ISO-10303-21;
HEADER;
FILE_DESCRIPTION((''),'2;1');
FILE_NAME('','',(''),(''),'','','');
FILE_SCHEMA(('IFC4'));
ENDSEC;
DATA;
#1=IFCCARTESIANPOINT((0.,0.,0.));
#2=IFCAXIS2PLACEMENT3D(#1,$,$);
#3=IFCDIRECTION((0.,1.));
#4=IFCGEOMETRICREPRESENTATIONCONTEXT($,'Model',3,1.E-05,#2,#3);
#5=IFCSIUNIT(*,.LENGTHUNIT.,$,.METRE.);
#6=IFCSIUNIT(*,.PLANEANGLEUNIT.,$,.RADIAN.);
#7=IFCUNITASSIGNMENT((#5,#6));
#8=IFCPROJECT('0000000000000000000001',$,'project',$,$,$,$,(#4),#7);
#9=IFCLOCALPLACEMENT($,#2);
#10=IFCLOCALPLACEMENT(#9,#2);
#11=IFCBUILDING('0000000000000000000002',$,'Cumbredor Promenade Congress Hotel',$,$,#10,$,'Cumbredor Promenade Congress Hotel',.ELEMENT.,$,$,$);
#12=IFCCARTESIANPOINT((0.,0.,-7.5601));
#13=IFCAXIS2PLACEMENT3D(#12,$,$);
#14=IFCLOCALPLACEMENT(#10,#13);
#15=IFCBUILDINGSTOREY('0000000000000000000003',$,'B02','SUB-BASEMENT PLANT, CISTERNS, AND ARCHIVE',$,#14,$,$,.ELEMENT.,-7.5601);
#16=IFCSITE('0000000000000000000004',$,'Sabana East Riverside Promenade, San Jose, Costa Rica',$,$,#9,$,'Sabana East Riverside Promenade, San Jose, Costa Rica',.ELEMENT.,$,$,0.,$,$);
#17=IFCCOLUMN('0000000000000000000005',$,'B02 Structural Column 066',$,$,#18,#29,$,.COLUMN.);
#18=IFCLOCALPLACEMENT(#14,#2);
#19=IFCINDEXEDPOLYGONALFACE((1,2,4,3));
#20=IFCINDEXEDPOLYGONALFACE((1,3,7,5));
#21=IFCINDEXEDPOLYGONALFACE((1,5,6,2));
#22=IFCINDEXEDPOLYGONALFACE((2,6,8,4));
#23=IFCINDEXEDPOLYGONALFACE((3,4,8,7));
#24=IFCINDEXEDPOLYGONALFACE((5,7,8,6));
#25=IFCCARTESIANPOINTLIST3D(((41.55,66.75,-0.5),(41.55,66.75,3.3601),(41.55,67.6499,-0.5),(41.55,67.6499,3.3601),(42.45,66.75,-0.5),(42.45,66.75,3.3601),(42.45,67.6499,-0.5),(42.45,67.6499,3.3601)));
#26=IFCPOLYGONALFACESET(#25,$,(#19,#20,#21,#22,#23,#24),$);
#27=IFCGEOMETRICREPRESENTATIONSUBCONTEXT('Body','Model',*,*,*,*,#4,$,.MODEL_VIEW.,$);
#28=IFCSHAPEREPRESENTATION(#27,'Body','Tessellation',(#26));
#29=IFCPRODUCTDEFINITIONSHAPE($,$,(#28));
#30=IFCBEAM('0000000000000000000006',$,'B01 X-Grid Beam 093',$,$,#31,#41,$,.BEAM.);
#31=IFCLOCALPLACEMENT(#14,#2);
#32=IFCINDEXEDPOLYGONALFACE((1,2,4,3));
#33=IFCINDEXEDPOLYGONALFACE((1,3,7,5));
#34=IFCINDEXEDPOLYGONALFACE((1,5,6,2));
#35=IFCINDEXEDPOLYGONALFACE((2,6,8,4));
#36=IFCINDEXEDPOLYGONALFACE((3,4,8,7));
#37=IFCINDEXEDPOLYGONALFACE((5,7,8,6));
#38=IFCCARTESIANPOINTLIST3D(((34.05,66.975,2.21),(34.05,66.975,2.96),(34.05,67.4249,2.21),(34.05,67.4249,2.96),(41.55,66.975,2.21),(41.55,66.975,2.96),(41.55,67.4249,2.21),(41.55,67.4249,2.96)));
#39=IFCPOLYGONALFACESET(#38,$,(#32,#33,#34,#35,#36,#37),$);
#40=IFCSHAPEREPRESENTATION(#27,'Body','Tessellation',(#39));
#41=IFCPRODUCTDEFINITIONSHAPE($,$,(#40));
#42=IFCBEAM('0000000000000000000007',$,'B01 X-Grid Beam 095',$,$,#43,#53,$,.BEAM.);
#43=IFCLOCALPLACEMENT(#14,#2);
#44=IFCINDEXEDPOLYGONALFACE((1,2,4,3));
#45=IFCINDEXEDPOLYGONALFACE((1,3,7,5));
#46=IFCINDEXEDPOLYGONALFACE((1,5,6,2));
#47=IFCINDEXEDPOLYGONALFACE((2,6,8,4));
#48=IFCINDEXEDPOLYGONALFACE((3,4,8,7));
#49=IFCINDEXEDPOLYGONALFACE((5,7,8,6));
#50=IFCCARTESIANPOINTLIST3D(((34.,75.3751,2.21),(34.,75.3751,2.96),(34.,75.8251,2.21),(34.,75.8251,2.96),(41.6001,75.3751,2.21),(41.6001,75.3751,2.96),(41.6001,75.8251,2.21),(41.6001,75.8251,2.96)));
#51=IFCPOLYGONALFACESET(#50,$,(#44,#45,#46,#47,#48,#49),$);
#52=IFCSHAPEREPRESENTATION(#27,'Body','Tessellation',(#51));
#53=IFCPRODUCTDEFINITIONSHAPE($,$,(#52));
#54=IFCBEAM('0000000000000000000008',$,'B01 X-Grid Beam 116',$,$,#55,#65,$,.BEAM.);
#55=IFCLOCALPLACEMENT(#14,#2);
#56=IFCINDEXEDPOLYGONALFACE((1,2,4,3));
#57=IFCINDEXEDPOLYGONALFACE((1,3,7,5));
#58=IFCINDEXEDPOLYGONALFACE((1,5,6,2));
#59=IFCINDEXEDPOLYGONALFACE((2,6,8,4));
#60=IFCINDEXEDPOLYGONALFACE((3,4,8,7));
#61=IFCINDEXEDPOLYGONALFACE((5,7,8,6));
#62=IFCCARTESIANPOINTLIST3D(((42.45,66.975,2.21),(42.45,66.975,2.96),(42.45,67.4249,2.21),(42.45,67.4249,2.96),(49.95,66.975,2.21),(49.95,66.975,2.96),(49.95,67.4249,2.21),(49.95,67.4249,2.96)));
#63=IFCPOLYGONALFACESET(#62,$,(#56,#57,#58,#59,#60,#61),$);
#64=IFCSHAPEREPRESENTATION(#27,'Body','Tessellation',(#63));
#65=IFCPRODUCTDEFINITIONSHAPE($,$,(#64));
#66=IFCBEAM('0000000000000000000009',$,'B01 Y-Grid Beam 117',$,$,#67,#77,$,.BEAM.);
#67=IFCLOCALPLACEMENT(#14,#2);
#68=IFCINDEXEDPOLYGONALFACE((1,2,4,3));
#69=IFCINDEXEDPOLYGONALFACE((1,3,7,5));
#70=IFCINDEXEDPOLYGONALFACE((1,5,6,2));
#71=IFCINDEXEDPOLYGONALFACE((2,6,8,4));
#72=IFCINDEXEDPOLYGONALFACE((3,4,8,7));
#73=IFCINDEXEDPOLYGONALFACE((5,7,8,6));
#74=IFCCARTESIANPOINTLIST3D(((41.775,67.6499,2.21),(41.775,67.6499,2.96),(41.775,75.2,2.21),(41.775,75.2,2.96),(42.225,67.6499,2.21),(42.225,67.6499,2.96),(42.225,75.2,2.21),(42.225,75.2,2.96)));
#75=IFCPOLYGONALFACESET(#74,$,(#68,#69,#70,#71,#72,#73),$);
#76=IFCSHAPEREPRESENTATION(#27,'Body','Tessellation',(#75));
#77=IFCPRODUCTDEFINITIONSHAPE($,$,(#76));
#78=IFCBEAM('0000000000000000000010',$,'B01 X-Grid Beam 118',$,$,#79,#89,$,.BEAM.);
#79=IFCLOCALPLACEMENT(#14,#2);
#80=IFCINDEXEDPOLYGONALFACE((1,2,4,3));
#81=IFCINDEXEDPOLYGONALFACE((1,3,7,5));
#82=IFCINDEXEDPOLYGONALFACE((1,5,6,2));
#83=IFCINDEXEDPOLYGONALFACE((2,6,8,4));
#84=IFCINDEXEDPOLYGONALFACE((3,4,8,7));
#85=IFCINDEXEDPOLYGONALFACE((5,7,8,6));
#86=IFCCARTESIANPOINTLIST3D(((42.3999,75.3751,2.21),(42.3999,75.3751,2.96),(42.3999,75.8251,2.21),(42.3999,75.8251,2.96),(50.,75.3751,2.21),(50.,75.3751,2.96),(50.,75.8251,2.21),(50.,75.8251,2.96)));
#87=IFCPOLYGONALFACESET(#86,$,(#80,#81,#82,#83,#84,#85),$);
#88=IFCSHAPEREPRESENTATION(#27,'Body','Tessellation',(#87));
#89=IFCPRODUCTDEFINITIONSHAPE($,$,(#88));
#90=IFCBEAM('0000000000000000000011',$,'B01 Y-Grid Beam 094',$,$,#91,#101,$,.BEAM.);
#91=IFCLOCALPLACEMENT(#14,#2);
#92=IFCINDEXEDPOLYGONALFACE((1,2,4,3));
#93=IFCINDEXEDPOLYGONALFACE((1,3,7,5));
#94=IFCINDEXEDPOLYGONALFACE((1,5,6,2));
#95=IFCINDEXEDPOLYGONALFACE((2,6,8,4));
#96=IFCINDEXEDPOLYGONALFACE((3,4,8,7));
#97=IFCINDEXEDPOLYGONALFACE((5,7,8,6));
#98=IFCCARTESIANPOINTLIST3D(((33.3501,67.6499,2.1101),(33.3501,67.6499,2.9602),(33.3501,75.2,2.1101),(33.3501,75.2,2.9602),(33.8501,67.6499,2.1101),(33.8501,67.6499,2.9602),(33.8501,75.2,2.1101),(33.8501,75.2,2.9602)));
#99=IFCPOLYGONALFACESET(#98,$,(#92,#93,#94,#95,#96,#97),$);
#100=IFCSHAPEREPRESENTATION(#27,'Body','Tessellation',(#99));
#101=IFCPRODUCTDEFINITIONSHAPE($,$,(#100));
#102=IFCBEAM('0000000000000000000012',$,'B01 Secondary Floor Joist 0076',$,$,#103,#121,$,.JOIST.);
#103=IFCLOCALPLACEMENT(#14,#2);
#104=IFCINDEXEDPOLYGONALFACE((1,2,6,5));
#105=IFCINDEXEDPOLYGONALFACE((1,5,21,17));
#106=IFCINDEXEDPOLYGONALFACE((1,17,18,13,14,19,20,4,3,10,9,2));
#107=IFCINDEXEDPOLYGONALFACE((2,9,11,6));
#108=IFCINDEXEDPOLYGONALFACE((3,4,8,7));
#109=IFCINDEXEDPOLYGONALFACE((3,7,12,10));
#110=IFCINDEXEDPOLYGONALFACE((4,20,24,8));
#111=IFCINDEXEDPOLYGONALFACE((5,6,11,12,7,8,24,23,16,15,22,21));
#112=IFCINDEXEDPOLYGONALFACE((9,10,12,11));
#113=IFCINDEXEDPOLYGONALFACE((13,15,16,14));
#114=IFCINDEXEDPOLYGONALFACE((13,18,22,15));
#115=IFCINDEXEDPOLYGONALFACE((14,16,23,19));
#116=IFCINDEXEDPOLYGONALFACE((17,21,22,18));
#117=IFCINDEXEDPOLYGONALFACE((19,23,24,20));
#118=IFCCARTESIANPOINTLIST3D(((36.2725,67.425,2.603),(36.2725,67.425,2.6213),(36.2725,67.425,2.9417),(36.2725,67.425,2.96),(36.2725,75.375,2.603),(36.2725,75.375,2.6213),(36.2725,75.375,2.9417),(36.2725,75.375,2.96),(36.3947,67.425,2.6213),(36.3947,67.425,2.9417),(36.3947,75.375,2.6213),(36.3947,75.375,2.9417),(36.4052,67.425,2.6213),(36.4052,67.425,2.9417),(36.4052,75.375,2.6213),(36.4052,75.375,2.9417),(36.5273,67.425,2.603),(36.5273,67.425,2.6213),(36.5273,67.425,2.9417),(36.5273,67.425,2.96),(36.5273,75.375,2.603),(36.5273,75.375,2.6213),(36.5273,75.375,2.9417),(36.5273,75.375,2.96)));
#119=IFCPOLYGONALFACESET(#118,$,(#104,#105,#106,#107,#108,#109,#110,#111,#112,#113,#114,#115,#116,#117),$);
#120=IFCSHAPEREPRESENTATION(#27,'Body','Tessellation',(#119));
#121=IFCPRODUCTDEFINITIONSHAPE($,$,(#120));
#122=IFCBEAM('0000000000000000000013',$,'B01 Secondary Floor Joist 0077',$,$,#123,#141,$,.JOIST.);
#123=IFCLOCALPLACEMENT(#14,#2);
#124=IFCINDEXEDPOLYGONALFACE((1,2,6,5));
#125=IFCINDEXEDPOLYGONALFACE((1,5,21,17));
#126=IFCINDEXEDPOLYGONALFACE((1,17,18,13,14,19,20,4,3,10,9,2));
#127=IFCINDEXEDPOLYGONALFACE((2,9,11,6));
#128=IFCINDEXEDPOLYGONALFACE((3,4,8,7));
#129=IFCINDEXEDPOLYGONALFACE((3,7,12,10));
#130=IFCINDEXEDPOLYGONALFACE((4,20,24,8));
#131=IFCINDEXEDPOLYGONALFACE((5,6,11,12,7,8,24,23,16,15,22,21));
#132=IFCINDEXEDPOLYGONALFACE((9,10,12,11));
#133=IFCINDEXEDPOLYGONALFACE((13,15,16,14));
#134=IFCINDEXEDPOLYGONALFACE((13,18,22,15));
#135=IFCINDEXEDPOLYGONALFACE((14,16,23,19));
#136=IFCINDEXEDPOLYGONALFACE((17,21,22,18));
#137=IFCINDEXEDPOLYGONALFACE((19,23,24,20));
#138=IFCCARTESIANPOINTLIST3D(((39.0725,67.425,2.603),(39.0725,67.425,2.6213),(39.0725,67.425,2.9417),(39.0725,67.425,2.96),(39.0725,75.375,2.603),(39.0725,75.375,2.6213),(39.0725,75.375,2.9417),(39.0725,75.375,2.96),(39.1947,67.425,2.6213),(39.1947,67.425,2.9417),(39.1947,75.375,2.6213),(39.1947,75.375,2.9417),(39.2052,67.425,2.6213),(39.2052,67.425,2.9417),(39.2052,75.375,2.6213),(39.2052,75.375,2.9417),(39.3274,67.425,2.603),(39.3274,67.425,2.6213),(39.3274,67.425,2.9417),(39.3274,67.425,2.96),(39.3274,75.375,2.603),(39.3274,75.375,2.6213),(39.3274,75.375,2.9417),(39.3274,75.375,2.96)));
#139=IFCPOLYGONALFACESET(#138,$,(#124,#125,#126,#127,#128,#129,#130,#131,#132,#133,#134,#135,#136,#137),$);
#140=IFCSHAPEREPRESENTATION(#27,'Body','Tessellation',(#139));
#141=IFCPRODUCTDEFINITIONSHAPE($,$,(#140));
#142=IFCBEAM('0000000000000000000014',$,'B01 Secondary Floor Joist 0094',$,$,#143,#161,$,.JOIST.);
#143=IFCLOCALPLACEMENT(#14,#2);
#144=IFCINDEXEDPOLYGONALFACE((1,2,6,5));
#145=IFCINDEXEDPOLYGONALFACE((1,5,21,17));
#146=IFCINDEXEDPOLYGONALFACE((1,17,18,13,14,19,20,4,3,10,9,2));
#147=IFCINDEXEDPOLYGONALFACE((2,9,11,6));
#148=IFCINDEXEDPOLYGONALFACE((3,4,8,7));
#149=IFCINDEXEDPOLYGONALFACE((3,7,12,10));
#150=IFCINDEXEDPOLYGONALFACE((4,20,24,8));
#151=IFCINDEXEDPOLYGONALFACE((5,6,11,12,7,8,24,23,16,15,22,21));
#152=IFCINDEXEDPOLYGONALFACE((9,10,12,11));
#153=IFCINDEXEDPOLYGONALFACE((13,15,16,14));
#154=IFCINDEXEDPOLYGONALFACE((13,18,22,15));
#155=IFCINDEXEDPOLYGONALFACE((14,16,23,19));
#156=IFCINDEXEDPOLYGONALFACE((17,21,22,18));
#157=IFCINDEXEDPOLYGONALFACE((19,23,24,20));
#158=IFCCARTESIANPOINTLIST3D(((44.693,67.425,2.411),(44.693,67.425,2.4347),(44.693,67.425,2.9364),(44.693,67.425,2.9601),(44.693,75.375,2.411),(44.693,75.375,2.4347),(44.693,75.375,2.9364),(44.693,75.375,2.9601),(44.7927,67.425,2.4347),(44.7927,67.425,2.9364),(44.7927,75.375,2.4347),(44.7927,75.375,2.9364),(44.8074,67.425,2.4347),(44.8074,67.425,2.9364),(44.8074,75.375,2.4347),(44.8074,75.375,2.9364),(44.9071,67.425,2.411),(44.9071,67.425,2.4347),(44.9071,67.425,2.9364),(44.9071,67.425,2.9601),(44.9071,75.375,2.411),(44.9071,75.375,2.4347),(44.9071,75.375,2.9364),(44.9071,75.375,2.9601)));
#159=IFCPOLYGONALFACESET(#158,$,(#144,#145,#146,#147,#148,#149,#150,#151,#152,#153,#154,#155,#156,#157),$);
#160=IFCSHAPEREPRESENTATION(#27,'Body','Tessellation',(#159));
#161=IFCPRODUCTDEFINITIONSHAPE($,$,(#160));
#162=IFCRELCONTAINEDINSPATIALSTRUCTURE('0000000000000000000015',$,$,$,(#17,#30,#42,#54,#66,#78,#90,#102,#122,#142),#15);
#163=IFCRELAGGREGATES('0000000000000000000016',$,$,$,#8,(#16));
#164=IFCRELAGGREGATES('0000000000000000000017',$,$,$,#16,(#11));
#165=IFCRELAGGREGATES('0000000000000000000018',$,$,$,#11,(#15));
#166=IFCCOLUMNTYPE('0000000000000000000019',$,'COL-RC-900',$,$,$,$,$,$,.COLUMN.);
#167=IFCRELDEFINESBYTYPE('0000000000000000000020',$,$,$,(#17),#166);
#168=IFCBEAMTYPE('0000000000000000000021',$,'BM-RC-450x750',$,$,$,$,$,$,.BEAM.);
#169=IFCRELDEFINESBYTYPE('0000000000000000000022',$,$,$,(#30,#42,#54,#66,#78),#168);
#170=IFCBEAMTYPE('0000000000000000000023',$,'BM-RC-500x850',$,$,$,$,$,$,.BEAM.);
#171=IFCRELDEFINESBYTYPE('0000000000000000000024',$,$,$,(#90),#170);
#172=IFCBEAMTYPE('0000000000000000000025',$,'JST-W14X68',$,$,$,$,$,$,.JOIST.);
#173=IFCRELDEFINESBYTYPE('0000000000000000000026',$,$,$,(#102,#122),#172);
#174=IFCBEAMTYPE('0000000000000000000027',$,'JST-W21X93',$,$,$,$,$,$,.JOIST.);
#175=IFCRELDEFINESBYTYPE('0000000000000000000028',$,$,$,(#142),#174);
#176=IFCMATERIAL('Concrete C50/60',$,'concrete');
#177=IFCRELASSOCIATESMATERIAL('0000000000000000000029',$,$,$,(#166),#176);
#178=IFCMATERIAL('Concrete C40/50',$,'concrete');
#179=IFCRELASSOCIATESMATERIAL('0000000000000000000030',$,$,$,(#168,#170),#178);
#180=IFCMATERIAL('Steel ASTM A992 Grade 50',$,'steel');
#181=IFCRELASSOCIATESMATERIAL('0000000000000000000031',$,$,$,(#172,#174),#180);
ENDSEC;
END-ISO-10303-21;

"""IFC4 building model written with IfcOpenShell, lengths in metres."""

from ifc_helpers import new_model, si_unit, direction, frame, origin, origin_2d, place, context, subcontext, project, spatial, rectangle, i_section, extrude, material, material_profile, profile_set, type_object, element, save


model = new_model("IFC4")

# Units and contexts
model_context = context("Model", 3, precision=1e-05, world=origin(), true_north=direction((0.0, 1.0)))
body_context = subcontext(model_context, "Body", "Model", "MODEL_VIEW")
ifc_project = project(units=[si_unit("LENGTHUNIT", "METRE"), si_unit("PLANEANGLEUNIT", "RADIAN")], contexts=[model_context])

# Site, building, storey
site_placement = place(None, origin())
site = spatial("IfcSite", under=ifc_project, at=site_placement, Name="Sabana East Riverside Promenade, San Jose, Costa Rica", LongName="Sabana East Riverside Promenade, San Jose, Costa Rica", CompositionType="ELEMENT", RefElevation=0.0)
building_placement = place(site_placement, origin())
building = spatial("IfcBuilding", under=site, at=building_placement, Name="Cumbredor Promenade Congress Hotel", LongName="Cumbredor Promenade Congress Hotel", CompositionType="ELEMENT")
storey_placement = place(building_placement, frame((0.0, 0.0, -7.5601)))
storey = spatial("IfcBuildingStorey", under=building, at=storey_placement, Name="B02", Description="SUB-BASEMENT PLANT, CISTERNS, AND ARCHIVE", CompositionType="ELEMENT", Elevation=-7.5601)

# Shared definitions
ifc_material_1 = material(Name="Concrete C40/50", Category="concrete")

# Column
ifc_material_2 = material(Name="Concrete C50/60", Category="concrete")
ifc_material_profile_1 = material_profile(ifc_material_2, rectangle(XDim=0.8999, YDim=0.8999, at=origin_2d()), Name="RC 900x900")
ifc_profile_set_1 = profile_set([ifc_material_profile_1], Name="Concrete C50/60")
column_type_1 = type_object("IfcColumnType", Name="COL-RC-900", PredefinedType="COLUMN", material=ifc_profile_set_1)
for number, where, z_axis, x_axis, name in (
    (1, (42.0, 67.2, -0.5), (0.0, 0.0, 1.0), (1.0, 0.0, 0.0), "B02 Structural Column 066"),
):
    element("IfcColumn", number, at=place(storey_placement, frame(where, z_axis=z_axis, x_axis=x_axis)), inside=storey, type_object=column_type_1, Name=name, PredefinedType="COLUMN", context=body_context, shape_type="SweptSolid", body=[
        extrude(rectangle(XDim=0.8999, YDim=0.8999, at=origin_2d()), origin(), (0.0, 0.0, 1.0), 3.8601),
    ])

# Beams
ifc_material_profile_2 = material_profile(ifc_material_1, rectangle(XDim=0.45, YDim=0.75, at=origin_2d()), Name="RC BEAM 450x750")
ifc_profile_set_2 = profile_set([ifc_material_profile_2], Name="Concrete C40/50")
beam_type_1 = type_object("IfcBeamType", Name="BM-RC-450x750", PredefinedType="BEAM", material=ifc_profile_set_2)
beam_1_placement = place(storey_placement, frame((34.05, 67.2, 2.585), z_axis=(1.0, 0.0, 0.0), x_axis=(0.0, 1.0, 0.0)))
element("IfcBeam", 2, at=beam_1_placement, inside=storey, type_object=beam_type_1, Name="B01 X-Grid Beam 093", PredefinedType="BEAM", context=body_context, shape_type="SweptSolid", body=[
    extrude(rectangle(XDim=0.45, YDim=0.75, at=origin_2d()), origin(), (0.0, 0.0, 1.0), 7.5),
])
beam_2_placement = place(storey_placement, frame((34.0, 75.6001, 2.585), z_axis=(1.0, 0.0, 0.0), x_axis=(0.0, 1.0, 0.0)))
element("IfcBeam", 3, at=beam_2_placement, inside=storey, type_object=beam_type_1, Name="B01 X-Grid Beam 095", PredefinedType="BEAM", context=body_context, shape_type="SweptSolid", body=[
    extrude(rectangle(XDim=0.45, YDim=0.75, at=origin_2d()), origin(), (0.0, 0.0, 1.0), 7.6001),
])
beam_3_placement = place(storey_placement, frame((42.45, 67.2, 2.585), z_axis=(1.0, 0.0, 0.0), x_axis=(0.0, 1.0, 0.0)))
element("IfcBeam", 4, at=beam_3_placement, inside=storey, type_object=beam_type_1, Name="B01 X-Grid Beam 116", PredefinedType="BEAM", context=body_context, shape_type="SweptSolid", body=[
    extrude(rectangle(XDim=0.45, YDim=0.75, at=origin_2d()), origin(), (0.0, 0.0, 1.0), 7.5),
])
beam_4_placement = place(storey_placement, frame((42.0, 67.6499, 2.585), z_axis=(0.0, 1.0, 0.0), x_axis=(-1.0, 0.0, 0.0)))
element("IfcBeam", 5, at=beam_4_placement, inside=storey, type_object=beam_type_1, Name="B01 Y-Grid Beam 117", PredefinedType="BEAM", context=body_context, shape_type="SweptSolid", body=[
    extrude(rectangle(XDim=0.45, YDim=0.75, at=origin_2d()), origin(), (0.0, 0.0, 1.0), 7.55),
])
beam_5_placement = place(storey_placement, frame((42.3999, 75.6001, 2.585), z_axis=(1.0, 0.0, 0.0), x_axis=(0.0, 1.0, 0.0)))
element("IfcBeam", 6, at=beam_5_placement, inside=storey, type_object=beam_type_1, Name="B01 X-Grid Beam 118", PredefinedType="BEAM", context=body_context, shape_type="SweptSolid", body=[
    extrude(rectangle(XDim=0.45, YDim=0.75, at=origin_2d()), origin(), (0.0, 0.0, 1.0), 7.6001),
])
ifc_material_profile_3 = material_profile(ifc_material_1, rectangle(XDim=0.5, YDim=0.8501, at=origin_2d()), Name="RC BEAM 500x850")
ifc_profile_set_3 = profile_set([ifc_material_profile_3], Name="Concrete C40/50")
beam_type_2 = type_object("IfcBeamType", Name="BM-RC-500x850", PredefinedType="BEAM", material=ifc_profile_set_3)
beam_6_placement = place(storey_placement, frame((33.6001, 67.6499, 2.5352), z_axis=(0.0, 1.0, 0.0), x_axis=(-1.0, 0.0, 0.0)))
element("IfcBeam", 7, at=beam_6_placement, inside=storey, type_object=beam_type_2, Name="B01 Y-Grid Beam 094", PredefinedType="BEAM", context=body_context, shape_type="SweptSolid", body=[
    extrude(rectangle(XDim=0.5, YDim=0.8501, at=origin_2d()), origin(), (0.0, 0.0, 1.0), 7.55),
])
ifc_material_3 = material(Name="Steel ASTM A992 Grade 50", Category="steel")
ifc_material_profile_4 = material_profile(ifc_material_3, i_section(OverallWidth=0.2549, OverallDepth=0.3569, WebThickness=0.0105, FlangeThickness=0.0183, at=origin_2d()), Name="W14X68")
ifc_profile_set_4 = profile_set([ifc_material_profile_4], Name="Steel ASTM A992 Grade 50")
beam_type_3 = type_object("IfcBeamType", Name="JST-W14X68", PredefinedType="JOIST", material=ifc_profile_set_4)
for number, where, z_axis, x_axis, name in (
    (8, (36.3999, 67.425, 2.7815), (0.0, 1.0, 0.0), (-1.0, 0.0, 0.0), "B01 Secondary Floor Joist 0076"),
    (9, (39.2, 67.425, 2.7815), (0.0, 1.0, 0.0), (-1.0, 0.0, 0.0), "B01 Secondary Floor Joist 0077"),
):
    element("IfcBeam", number, at=place(storey_placement, frame(where, z_axis=z_axis, x_axis=x_axis)), inside=storey, type_object=beam_type_3, Name=name, PredefinedType="JOIST", context=body_context, shape_type="SweptSolid", body=[
        extrude(i_section(OverallWidth=0.2549, OverallDepth=0.3569, WebThickness=0.0105, FlangeThickness=0.0183, at=origin_2d()), origin(), (0.0, 0.0, 1.0), 7.95),
    ])
ifc_material_profile_5 = material_profile(ifc_material_3, i_section(OverallWidth=0.2141, OverallDepth=0.5491, WebThickness=0.0146, FlangeThickness=0.0237, at=origin_2d()), Name="W21X93")
ifc_profile_set_5 = profile_set([ifc_material_profile_5], Name="Steel ASTM A992 Grade 50")
beam_type_4 = type_object("IfcBeamType", Name="JST-W21X93", PredefinedType="JOIST", material=ifc_profile_set_5)
beam_7_placement = place(storey_placement, frame((44.8, 67.425, 2.6855), z_axis=(0.0, 1.0, 0.0), x_axis=(-1.0, 0.0, 0.0)))
element("IfcBeam", 10, at=beam_7_placement, inside=storey, type_object=beam_type_4, Name="B01 Secondary Floor Joist 0094", PredefinedType="JOIST", context=body_context, shape_type="SweptSolid", body=[
    extrude(i_section(OverallWidth=0.2141, OverallDepth=0.5491, WebThickness=0.0146, FlangeThickness=0.0237, at=origin_2d()), origin(), (0.0, 0.0, 1.0), 7.95),
])

save(model, "model.ifc")
